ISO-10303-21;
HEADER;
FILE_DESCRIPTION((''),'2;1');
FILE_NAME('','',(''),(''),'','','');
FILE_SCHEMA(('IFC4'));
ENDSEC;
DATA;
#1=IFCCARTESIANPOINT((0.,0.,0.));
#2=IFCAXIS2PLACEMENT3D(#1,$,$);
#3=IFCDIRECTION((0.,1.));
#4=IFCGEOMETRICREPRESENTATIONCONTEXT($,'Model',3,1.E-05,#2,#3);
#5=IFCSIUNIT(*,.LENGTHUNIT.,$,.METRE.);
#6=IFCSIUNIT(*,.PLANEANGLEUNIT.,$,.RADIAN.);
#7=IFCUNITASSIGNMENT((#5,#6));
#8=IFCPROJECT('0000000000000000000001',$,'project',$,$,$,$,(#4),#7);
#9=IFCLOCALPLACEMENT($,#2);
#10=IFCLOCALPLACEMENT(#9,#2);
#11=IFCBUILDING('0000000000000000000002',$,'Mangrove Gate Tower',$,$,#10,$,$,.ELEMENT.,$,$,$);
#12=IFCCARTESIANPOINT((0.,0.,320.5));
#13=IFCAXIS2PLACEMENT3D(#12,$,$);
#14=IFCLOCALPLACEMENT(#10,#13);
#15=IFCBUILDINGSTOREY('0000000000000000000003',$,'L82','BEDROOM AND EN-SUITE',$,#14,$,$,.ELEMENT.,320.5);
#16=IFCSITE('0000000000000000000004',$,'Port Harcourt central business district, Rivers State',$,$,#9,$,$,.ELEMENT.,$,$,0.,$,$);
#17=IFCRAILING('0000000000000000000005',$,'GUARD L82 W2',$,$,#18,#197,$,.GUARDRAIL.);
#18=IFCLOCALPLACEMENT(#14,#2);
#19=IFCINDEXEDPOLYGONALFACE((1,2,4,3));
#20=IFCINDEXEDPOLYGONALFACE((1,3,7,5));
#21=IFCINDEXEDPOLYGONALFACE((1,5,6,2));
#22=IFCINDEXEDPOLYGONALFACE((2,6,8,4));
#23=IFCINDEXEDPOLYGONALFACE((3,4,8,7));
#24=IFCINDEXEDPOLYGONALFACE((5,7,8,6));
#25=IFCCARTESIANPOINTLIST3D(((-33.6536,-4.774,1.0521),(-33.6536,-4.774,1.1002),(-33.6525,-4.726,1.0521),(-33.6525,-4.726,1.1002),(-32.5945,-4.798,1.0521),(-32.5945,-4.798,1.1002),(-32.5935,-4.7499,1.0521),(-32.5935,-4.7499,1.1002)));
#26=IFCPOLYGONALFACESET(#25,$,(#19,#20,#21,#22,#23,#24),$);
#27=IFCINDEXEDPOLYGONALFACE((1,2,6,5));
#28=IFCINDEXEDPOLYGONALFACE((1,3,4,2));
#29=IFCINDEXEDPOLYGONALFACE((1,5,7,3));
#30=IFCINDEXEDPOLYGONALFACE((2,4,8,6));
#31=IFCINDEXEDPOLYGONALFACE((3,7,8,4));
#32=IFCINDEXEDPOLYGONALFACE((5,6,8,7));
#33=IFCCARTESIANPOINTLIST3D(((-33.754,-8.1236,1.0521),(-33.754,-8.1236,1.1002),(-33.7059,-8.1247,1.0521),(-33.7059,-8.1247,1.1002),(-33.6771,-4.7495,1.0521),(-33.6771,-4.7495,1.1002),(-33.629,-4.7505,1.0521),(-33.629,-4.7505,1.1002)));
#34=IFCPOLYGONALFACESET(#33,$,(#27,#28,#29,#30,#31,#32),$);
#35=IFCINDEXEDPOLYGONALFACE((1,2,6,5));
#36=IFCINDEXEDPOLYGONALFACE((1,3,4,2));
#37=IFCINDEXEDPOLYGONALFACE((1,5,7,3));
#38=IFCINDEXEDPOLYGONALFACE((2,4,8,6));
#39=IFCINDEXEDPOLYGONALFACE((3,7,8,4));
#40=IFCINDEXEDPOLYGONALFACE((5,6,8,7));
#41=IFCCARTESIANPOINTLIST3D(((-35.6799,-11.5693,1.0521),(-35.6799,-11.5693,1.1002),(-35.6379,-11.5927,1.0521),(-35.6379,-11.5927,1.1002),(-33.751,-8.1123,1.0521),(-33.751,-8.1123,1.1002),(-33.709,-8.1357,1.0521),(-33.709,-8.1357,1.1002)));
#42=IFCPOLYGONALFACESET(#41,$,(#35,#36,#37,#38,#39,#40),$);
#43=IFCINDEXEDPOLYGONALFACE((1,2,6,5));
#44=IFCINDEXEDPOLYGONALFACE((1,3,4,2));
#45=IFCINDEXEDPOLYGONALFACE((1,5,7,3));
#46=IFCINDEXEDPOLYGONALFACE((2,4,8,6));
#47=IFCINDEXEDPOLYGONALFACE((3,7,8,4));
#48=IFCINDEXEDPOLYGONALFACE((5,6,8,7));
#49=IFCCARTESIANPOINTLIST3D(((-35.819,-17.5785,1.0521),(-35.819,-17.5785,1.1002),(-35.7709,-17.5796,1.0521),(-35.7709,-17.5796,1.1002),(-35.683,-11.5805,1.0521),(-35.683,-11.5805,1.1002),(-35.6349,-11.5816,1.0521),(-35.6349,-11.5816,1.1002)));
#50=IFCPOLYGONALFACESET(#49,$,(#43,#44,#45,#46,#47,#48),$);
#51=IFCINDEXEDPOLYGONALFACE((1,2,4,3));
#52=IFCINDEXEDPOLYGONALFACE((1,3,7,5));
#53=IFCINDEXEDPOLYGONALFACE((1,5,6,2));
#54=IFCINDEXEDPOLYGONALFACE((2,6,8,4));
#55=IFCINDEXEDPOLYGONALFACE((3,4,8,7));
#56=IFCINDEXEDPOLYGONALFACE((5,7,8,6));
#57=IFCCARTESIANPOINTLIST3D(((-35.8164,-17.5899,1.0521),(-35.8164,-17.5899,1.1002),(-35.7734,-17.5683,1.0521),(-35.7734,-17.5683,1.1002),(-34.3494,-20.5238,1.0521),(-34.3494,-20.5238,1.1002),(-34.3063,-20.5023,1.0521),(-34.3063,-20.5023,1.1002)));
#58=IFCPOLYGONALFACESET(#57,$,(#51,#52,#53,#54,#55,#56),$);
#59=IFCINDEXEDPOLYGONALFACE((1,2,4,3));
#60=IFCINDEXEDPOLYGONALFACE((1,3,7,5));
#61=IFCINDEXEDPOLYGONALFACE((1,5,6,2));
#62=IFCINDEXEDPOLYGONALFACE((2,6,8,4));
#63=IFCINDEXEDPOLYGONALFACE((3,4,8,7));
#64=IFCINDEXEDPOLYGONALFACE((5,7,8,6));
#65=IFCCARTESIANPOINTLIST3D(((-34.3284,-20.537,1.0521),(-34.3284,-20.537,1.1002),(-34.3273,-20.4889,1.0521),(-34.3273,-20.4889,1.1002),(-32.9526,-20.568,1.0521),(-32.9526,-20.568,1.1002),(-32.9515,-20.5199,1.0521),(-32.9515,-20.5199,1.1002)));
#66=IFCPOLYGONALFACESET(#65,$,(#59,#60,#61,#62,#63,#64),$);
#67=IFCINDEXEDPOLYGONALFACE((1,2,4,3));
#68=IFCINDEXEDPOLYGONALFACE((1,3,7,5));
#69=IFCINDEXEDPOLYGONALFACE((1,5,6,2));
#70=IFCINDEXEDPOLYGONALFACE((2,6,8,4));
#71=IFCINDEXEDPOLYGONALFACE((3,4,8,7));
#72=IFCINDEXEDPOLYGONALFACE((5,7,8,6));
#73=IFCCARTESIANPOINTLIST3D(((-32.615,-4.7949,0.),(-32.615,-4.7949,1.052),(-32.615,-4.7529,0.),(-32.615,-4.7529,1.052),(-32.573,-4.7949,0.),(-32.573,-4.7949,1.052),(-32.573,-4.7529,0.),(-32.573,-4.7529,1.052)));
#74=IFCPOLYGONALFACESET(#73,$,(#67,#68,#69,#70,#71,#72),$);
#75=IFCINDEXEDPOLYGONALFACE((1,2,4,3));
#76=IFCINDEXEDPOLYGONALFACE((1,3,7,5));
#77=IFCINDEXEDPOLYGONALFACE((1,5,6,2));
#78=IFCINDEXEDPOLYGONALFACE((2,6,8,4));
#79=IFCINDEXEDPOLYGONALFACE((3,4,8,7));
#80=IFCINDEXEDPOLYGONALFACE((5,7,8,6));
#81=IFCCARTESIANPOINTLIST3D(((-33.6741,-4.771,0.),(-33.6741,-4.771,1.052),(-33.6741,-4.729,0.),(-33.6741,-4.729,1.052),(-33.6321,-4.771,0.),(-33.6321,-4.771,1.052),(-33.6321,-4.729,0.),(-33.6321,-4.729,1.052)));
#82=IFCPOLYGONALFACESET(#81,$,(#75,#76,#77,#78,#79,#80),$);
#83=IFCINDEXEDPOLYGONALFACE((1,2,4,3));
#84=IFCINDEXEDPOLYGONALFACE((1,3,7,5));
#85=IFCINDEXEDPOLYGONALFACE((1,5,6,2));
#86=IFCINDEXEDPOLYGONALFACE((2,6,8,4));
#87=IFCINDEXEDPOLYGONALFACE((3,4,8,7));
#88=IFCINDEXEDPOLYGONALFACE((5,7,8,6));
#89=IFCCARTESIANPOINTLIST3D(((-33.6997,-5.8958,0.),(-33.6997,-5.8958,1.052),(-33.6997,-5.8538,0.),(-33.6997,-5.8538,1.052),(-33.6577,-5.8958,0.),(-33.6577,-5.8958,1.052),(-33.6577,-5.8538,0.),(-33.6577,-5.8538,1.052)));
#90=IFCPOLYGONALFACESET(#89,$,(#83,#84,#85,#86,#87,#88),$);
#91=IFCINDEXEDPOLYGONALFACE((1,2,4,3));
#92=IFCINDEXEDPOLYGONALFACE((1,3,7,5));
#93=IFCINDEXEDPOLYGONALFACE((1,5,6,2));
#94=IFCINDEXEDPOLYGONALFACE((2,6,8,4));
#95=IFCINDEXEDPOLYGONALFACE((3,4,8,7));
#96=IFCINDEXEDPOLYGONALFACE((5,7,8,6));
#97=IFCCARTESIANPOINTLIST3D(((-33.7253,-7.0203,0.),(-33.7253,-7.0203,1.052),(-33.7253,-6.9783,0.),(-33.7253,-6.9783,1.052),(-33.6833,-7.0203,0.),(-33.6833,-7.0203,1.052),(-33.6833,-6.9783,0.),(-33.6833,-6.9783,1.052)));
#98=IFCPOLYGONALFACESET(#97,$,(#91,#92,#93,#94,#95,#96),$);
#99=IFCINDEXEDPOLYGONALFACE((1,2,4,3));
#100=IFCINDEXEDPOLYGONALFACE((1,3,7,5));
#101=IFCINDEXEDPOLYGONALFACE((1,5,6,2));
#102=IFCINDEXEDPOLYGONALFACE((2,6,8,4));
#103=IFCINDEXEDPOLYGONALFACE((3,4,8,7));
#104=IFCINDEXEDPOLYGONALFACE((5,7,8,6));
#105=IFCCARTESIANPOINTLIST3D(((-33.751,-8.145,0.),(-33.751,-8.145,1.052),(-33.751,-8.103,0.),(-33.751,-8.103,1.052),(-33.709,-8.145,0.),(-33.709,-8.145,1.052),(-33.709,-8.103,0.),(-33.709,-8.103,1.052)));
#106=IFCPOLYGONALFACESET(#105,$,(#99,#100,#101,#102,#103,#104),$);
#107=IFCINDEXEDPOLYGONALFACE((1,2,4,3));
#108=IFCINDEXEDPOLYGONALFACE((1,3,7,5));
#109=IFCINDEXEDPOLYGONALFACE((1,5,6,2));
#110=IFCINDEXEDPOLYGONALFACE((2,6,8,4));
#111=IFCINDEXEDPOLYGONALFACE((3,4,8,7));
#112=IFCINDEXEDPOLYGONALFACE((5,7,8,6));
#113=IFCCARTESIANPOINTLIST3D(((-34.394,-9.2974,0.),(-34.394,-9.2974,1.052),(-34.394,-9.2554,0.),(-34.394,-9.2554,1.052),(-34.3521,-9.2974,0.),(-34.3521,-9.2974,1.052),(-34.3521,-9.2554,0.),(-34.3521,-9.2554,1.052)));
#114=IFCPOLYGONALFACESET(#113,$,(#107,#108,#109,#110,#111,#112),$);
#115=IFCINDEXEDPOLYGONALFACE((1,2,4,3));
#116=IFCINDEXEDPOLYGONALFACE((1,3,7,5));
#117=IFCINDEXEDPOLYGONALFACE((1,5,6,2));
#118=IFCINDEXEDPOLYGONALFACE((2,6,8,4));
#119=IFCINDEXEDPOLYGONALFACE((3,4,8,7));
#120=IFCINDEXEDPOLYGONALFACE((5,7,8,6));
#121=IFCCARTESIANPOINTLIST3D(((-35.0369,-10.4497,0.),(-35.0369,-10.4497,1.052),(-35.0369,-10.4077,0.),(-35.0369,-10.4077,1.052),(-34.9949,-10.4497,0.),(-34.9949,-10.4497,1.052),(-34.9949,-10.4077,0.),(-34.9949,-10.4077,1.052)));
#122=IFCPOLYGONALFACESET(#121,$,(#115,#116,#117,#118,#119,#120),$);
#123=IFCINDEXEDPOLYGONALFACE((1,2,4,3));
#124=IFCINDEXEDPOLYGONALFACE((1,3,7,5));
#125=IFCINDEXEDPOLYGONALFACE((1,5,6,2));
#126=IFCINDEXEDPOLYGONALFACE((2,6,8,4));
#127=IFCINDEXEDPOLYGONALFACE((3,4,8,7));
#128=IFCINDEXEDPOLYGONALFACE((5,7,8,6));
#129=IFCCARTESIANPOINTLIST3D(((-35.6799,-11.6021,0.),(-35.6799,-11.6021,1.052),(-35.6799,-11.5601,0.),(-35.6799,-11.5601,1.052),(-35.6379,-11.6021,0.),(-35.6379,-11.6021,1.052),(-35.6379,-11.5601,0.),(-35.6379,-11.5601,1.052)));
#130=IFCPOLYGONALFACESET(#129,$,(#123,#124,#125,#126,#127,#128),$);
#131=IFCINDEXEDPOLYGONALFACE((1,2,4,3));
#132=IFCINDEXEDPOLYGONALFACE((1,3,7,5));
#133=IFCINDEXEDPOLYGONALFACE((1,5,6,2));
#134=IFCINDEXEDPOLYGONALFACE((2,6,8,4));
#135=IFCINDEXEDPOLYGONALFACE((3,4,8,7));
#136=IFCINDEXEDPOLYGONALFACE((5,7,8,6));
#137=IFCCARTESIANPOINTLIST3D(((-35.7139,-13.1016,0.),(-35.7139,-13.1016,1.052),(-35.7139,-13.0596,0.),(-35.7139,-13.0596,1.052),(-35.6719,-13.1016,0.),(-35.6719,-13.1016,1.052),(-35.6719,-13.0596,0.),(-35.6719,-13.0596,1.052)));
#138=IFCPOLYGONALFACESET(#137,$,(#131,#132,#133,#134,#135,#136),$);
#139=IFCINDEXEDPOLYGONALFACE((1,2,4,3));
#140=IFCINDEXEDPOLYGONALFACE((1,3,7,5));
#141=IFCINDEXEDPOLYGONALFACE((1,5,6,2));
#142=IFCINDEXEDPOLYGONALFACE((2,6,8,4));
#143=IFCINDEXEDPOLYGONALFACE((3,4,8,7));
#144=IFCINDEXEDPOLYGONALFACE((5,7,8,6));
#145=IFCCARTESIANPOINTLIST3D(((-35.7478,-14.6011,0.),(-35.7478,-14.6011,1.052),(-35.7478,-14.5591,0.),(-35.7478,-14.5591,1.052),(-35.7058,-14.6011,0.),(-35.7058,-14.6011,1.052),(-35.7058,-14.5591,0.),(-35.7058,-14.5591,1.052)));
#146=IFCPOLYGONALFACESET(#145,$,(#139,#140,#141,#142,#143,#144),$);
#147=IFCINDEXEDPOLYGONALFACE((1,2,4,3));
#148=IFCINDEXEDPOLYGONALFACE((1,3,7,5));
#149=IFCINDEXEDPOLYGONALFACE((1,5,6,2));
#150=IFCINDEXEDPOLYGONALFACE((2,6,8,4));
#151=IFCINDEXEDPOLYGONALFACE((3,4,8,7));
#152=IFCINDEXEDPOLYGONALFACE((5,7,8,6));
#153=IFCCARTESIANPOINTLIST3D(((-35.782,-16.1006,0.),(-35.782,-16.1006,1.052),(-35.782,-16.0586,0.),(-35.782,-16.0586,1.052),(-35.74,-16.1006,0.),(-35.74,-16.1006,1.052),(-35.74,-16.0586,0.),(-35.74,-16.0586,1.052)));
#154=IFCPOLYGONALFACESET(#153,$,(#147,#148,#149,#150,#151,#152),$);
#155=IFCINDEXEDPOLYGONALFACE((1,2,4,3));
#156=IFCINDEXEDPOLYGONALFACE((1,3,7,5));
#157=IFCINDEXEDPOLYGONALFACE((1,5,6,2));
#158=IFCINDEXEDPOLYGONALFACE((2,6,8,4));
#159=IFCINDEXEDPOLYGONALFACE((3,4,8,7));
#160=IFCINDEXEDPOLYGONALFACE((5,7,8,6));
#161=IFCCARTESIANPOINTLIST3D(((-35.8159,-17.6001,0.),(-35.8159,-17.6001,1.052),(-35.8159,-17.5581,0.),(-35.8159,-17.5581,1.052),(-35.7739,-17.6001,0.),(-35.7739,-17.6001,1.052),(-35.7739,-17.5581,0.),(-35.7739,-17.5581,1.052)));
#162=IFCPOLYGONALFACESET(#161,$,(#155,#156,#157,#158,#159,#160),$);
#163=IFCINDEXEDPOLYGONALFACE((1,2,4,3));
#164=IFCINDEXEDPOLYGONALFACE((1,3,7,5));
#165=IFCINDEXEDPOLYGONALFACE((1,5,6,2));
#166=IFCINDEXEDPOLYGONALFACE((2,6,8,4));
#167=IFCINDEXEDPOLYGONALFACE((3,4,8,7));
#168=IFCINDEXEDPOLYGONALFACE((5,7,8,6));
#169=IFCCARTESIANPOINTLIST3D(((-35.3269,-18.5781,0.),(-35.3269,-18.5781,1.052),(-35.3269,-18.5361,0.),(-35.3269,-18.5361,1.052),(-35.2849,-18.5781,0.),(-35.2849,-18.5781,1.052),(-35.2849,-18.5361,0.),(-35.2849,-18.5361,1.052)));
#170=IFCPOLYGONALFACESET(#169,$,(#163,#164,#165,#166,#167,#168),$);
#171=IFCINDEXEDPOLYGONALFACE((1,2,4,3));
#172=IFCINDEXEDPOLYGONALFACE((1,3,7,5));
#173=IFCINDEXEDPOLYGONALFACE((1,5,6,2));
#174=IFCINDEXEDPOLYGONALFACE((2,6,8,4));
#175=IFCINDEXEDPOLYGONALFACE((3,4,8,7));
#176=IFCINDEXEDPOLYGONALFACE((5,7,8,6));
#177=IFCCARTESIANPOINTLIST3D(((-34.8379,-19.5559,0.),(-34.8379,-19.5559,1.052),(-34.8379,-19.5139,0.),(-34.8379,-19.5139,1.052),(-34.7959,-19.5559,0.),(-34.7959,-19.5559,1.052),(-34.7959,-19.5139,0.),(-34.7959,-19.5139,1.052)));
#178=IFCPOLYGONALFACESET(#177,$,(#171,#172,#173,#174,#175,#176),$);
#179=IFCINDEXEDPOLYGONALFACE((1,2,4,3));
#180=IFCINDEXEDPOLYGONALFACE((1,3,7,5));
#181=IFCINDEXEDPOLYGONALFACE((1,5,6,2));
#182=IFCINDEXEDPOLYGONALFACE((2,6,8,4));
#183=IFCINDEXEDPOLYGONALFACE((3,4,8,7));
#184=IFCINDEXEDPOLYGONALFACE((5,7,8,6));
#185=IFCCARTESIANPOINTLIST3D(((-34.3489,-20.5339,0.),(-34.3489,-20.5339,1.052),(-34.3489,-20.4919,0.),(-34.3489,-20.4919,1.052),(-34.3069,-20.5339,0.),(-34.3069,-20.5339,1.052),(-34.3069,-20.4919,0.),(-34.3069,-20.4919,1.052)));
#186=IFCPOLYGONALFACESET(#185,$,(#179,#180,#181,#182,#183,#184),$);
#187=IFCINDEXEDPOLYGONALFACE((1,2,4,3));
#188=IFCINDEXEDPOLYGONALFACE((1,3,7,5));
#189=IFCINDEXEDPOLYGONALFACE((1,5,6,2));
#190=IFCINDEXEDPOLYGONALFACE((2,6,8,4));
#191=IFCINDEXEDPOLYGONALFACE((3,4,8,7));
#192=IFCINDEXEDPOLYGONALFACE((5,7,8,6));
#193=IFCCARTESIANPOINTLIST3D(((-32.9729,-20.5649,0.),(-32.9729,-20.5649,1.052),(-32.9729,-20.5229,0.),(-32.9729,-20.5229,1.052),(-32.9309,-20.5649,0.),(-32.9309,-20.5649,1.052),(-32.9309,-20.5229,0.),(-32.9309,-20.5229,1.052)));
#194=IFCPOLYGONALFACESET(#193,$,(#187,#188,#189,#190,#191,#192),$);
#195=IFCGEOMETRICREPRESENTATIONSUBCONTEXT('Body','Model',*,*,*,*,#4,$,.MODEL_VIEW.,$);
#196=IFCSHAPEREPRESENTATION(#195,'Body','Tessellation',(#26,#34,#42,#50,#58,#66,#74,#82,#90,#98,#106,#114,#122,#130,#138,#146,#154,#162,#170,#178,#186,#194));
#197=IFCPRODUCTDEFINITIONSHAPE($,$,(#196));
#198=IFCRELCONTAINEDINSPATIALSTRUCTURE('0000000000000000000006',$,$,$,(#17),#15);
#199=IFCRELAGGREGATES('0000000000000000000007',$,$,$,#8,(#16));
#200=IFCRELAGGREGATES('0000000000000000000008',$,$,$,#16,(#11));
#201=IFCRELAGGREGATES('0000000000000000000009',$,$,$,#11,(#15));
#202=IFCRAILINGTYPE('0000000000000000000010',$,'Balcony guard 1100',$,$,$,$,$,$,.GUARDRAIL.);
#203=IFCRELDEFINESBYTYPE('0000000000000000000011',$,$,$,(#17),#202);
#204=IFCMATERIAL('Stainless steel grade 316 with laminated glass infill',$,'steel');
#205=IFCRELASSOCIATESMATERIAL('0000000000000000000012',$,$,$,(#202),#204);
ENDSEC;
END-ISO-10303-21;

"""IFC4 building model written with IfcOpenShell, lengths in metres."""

from ifc_helpers import new_model, si_unit, direction, frame, origin, origin_2d, place, context, subcontext, project, spatial, rectangle, extrude, material, type_object, element, save


model = new_model("IFC4")

# Units and contexts
model_context = context("Model", 3, precision=1e-05, world=origin(), true_north=direction((0.0, 1.0)))
body_context = subcontext(model_context, "Body", "Model", "MODEL_VIEW")
ifc_project = project(units=[si_unit("LENGTHUNIT", "METRE"), si_unit("PLANEANGLEUNIT", "RADIAN")], contexts=[model_context])

# Site, building, storey
site_placement = place(None, origin())
site = spatial("IfcSite", under=ifc_project, at=site_placement, Name="Port Harcourt central business district, Rivers State", CompositionType="ELEMENT", RefElevation=0.0)
building_placement = place(site_placement, origin())
building = spatial("IfcBuilding", under=site, at=building_placement, Name="Mangrove Gate Tower", CompositionType="ELEMENT")
storey_placement = place(building_placement, frame((0.0, 0.0, 320.5)))
storey = spatial("IfcBuildingStorey", under=building, at=storey_placement, Name="L82", Description="BEDROOM AND EN-SUITE", CompositionType="ELEMENT", Elevation=320.5)

# Railing
ifc_material_1 = material(Name="Stainless steel grade 316 with laminated glass infill", Category="steel")
railing_type = type_object("IfcRailingType", Name="Balcony guard 1100", PredefinedType="GUARDRAIL", material=ifc_material_1)
railing_placement = place(storey_placement, frame((-32.594, -4.7739, 0.0)))
element("IfcRailing", 1, at=railing_placement, inside=storey, type_object=railing_type, Name="GUARD L82 W2", PredefinedType="GUARDRAIL", context=body_context, shape_type="SweptSolid", body=[
    extrude(rectangle(XDim=0.0481, YDim=0.0481, at=origin_2d()), frame((0.0, 0.0, 1.0762), z_axis=(-0.999745, 0.022585, 0.0), x_axis=(-0.022585, -0.999745, 0.0)), (0.0, 0.0, 1.0), 1.0593),
    extrude(rectangle(XDim=0.0481, YDim=0.0481, at=origin_2d()), frame((-1.0591, 0.0239, 1.0762), z_axis=(-0.022787, -0.99974, 0.0), x_axis=(0.99974, -0.022787, 0.0)), (0.0, 0.0, 1.0), 3.375),
    extrude(rectangle(XDim=0.0481, YDim=0.0481, at=origin_2d()), frame((-1.136, -3.3501, 1.0762), z_axis=(-0.48726, -0.873257, 0.0), x_axis=(0.873257, -0.48726, 0.0)), (0.0, 0.0, 1.0), 3.9587),
    extrude(rectangle(XDim=0.0481, YDim=0.0481, at=origin_2d()), frame((-3.0649, -6.8071, 1.0762), z_axis=(-0.022666, -0.999743, 0.0), x_axis=(0.999743, -0.022666, 0.0)), (0.0, 0.0, 1.0), 5.9995),
    extrude(rectangle(XDim=0.0481, YDim=0.0481, at=origin_2d()), frame((-3.2009, -12.8052, 1.0762), z_axis=(0.447243, -0.894412, 0.0), x_axis=(0.894412, 0.447243, 0.0)), (0.0, 0.0, 1.0), 3.2803),
    extrude(rectangle(XDim=0.0481, YDim=0.0481, at=origin_2d()), frame((-1.7339, -15.739, 1.0762), z_axis=(0.999746, -0.022528, 0.0), x_axis=(0.022528, 0.999746, 0.0)), (0.0, 0.0, 1.0), 1.3762),
    extrude(rectangle(XDim=0.042, YDim=0.042, at=origin_2d()), origin(), (0.0, 0.0, 1.0), 1.052),
    extrude(rectangle(XDim=0.042, YDim=0.042, at=origin_2d()), frame((-1.0591, 0.0239, 0.0)), (0.0, 0.0, 1.0), 1.052),
    extrude(rectangle(XDim=0.042, YDim=0.042, at=origin_2d()), frame((-1.0847, -1.1008, 0.0)), (0.0, 0.0, 1.0), 1.052),
    extrude(rectangle(XDim=0.042, YDim=0.042, at=origin_2d()), frame((-1.1104, -2.2253, 0.0)), (0.0, 0.0, 1.0), 1.052),
    extrude(rectangle(XDim=0.042, YDim=0.042, at=origin_2d()), frame((-1.136, -3.3501, 0.0)), (0.0, 0.0, 1.0), 1.052),
    extrude(rectangle(XDim=0.042, YDim=0.042, at=origin_2d()), frame((-1.7791, -4.5024, 0.0)), (0.0, 0.0, 1.0), 1.052),
    extrude(rectangle(XDim=0.042, YDim=0.042, at=origin_2d()), frame((-2.4219, -5.6548, 0.0)), (0.0, 0.0, 1.0), 1.052),
    extrude(rectangle(XDim=0.042, YDim=0.042, at=origin_2d()), frame((-3.0649, -6.8071, 0.0)), (0.0, 0.0, 1.0), 1.052),
    extrude(rectangle(XDim=0.042, YDim=0.042, at=origin_2d()), frame((-3.0989, -8.3066, 0.0)), (0.0, 0.0, 1.0), 1.052),
    extrude(rectangle(XDim=0.042, YDim=0.042, at=origin_2d()), frame((-3.1328, -9.8062, 0.0)), (0.0, 0.0, 1.0), 1.052),
    extrude(rectangle(XDim=0.042, YDim=0.042, at=origin_2d()), frame((-3.167, -11.3057, 0.0)), (0.0, 0.0, 1.0), 1.052),
    extrude(rectangle(XDim=0.042, YDim=0.042, at=origin_2d()), frame((-3.2009, -12.8052, 0.0)), (0.0, 0.0, 1.0), 1.052),
    extrude(rectangle(XDim=0.042, YDim=0.042, at=origin_2d()), frame((-2.7119, -13.7832, 0.0)), (0.0, 0.0, 1.0), 1.052),
    extrude(rectangle(XDim=0.042, YDim=0.042, at=origin_2d()), frame((-2.2229, -14.761, 0.0)), (0.0, 0.0, 1.0), 1.052),
    extrude(rectangle(XDim=0.042, YDim=0.042, at=origin_2d()), frame((-1.7339, -15.739, 0.0)), (0.0, 0.0, 1.0), 1.052),
    extrude(rectangle(XDim=0.042, YDim=0.042, at=origin_2d()), frame((-0.3579, -15.77, 0.0)), (0.0, 0.0, 1.0), 1.052),
])

save(model, "model.ifc")
